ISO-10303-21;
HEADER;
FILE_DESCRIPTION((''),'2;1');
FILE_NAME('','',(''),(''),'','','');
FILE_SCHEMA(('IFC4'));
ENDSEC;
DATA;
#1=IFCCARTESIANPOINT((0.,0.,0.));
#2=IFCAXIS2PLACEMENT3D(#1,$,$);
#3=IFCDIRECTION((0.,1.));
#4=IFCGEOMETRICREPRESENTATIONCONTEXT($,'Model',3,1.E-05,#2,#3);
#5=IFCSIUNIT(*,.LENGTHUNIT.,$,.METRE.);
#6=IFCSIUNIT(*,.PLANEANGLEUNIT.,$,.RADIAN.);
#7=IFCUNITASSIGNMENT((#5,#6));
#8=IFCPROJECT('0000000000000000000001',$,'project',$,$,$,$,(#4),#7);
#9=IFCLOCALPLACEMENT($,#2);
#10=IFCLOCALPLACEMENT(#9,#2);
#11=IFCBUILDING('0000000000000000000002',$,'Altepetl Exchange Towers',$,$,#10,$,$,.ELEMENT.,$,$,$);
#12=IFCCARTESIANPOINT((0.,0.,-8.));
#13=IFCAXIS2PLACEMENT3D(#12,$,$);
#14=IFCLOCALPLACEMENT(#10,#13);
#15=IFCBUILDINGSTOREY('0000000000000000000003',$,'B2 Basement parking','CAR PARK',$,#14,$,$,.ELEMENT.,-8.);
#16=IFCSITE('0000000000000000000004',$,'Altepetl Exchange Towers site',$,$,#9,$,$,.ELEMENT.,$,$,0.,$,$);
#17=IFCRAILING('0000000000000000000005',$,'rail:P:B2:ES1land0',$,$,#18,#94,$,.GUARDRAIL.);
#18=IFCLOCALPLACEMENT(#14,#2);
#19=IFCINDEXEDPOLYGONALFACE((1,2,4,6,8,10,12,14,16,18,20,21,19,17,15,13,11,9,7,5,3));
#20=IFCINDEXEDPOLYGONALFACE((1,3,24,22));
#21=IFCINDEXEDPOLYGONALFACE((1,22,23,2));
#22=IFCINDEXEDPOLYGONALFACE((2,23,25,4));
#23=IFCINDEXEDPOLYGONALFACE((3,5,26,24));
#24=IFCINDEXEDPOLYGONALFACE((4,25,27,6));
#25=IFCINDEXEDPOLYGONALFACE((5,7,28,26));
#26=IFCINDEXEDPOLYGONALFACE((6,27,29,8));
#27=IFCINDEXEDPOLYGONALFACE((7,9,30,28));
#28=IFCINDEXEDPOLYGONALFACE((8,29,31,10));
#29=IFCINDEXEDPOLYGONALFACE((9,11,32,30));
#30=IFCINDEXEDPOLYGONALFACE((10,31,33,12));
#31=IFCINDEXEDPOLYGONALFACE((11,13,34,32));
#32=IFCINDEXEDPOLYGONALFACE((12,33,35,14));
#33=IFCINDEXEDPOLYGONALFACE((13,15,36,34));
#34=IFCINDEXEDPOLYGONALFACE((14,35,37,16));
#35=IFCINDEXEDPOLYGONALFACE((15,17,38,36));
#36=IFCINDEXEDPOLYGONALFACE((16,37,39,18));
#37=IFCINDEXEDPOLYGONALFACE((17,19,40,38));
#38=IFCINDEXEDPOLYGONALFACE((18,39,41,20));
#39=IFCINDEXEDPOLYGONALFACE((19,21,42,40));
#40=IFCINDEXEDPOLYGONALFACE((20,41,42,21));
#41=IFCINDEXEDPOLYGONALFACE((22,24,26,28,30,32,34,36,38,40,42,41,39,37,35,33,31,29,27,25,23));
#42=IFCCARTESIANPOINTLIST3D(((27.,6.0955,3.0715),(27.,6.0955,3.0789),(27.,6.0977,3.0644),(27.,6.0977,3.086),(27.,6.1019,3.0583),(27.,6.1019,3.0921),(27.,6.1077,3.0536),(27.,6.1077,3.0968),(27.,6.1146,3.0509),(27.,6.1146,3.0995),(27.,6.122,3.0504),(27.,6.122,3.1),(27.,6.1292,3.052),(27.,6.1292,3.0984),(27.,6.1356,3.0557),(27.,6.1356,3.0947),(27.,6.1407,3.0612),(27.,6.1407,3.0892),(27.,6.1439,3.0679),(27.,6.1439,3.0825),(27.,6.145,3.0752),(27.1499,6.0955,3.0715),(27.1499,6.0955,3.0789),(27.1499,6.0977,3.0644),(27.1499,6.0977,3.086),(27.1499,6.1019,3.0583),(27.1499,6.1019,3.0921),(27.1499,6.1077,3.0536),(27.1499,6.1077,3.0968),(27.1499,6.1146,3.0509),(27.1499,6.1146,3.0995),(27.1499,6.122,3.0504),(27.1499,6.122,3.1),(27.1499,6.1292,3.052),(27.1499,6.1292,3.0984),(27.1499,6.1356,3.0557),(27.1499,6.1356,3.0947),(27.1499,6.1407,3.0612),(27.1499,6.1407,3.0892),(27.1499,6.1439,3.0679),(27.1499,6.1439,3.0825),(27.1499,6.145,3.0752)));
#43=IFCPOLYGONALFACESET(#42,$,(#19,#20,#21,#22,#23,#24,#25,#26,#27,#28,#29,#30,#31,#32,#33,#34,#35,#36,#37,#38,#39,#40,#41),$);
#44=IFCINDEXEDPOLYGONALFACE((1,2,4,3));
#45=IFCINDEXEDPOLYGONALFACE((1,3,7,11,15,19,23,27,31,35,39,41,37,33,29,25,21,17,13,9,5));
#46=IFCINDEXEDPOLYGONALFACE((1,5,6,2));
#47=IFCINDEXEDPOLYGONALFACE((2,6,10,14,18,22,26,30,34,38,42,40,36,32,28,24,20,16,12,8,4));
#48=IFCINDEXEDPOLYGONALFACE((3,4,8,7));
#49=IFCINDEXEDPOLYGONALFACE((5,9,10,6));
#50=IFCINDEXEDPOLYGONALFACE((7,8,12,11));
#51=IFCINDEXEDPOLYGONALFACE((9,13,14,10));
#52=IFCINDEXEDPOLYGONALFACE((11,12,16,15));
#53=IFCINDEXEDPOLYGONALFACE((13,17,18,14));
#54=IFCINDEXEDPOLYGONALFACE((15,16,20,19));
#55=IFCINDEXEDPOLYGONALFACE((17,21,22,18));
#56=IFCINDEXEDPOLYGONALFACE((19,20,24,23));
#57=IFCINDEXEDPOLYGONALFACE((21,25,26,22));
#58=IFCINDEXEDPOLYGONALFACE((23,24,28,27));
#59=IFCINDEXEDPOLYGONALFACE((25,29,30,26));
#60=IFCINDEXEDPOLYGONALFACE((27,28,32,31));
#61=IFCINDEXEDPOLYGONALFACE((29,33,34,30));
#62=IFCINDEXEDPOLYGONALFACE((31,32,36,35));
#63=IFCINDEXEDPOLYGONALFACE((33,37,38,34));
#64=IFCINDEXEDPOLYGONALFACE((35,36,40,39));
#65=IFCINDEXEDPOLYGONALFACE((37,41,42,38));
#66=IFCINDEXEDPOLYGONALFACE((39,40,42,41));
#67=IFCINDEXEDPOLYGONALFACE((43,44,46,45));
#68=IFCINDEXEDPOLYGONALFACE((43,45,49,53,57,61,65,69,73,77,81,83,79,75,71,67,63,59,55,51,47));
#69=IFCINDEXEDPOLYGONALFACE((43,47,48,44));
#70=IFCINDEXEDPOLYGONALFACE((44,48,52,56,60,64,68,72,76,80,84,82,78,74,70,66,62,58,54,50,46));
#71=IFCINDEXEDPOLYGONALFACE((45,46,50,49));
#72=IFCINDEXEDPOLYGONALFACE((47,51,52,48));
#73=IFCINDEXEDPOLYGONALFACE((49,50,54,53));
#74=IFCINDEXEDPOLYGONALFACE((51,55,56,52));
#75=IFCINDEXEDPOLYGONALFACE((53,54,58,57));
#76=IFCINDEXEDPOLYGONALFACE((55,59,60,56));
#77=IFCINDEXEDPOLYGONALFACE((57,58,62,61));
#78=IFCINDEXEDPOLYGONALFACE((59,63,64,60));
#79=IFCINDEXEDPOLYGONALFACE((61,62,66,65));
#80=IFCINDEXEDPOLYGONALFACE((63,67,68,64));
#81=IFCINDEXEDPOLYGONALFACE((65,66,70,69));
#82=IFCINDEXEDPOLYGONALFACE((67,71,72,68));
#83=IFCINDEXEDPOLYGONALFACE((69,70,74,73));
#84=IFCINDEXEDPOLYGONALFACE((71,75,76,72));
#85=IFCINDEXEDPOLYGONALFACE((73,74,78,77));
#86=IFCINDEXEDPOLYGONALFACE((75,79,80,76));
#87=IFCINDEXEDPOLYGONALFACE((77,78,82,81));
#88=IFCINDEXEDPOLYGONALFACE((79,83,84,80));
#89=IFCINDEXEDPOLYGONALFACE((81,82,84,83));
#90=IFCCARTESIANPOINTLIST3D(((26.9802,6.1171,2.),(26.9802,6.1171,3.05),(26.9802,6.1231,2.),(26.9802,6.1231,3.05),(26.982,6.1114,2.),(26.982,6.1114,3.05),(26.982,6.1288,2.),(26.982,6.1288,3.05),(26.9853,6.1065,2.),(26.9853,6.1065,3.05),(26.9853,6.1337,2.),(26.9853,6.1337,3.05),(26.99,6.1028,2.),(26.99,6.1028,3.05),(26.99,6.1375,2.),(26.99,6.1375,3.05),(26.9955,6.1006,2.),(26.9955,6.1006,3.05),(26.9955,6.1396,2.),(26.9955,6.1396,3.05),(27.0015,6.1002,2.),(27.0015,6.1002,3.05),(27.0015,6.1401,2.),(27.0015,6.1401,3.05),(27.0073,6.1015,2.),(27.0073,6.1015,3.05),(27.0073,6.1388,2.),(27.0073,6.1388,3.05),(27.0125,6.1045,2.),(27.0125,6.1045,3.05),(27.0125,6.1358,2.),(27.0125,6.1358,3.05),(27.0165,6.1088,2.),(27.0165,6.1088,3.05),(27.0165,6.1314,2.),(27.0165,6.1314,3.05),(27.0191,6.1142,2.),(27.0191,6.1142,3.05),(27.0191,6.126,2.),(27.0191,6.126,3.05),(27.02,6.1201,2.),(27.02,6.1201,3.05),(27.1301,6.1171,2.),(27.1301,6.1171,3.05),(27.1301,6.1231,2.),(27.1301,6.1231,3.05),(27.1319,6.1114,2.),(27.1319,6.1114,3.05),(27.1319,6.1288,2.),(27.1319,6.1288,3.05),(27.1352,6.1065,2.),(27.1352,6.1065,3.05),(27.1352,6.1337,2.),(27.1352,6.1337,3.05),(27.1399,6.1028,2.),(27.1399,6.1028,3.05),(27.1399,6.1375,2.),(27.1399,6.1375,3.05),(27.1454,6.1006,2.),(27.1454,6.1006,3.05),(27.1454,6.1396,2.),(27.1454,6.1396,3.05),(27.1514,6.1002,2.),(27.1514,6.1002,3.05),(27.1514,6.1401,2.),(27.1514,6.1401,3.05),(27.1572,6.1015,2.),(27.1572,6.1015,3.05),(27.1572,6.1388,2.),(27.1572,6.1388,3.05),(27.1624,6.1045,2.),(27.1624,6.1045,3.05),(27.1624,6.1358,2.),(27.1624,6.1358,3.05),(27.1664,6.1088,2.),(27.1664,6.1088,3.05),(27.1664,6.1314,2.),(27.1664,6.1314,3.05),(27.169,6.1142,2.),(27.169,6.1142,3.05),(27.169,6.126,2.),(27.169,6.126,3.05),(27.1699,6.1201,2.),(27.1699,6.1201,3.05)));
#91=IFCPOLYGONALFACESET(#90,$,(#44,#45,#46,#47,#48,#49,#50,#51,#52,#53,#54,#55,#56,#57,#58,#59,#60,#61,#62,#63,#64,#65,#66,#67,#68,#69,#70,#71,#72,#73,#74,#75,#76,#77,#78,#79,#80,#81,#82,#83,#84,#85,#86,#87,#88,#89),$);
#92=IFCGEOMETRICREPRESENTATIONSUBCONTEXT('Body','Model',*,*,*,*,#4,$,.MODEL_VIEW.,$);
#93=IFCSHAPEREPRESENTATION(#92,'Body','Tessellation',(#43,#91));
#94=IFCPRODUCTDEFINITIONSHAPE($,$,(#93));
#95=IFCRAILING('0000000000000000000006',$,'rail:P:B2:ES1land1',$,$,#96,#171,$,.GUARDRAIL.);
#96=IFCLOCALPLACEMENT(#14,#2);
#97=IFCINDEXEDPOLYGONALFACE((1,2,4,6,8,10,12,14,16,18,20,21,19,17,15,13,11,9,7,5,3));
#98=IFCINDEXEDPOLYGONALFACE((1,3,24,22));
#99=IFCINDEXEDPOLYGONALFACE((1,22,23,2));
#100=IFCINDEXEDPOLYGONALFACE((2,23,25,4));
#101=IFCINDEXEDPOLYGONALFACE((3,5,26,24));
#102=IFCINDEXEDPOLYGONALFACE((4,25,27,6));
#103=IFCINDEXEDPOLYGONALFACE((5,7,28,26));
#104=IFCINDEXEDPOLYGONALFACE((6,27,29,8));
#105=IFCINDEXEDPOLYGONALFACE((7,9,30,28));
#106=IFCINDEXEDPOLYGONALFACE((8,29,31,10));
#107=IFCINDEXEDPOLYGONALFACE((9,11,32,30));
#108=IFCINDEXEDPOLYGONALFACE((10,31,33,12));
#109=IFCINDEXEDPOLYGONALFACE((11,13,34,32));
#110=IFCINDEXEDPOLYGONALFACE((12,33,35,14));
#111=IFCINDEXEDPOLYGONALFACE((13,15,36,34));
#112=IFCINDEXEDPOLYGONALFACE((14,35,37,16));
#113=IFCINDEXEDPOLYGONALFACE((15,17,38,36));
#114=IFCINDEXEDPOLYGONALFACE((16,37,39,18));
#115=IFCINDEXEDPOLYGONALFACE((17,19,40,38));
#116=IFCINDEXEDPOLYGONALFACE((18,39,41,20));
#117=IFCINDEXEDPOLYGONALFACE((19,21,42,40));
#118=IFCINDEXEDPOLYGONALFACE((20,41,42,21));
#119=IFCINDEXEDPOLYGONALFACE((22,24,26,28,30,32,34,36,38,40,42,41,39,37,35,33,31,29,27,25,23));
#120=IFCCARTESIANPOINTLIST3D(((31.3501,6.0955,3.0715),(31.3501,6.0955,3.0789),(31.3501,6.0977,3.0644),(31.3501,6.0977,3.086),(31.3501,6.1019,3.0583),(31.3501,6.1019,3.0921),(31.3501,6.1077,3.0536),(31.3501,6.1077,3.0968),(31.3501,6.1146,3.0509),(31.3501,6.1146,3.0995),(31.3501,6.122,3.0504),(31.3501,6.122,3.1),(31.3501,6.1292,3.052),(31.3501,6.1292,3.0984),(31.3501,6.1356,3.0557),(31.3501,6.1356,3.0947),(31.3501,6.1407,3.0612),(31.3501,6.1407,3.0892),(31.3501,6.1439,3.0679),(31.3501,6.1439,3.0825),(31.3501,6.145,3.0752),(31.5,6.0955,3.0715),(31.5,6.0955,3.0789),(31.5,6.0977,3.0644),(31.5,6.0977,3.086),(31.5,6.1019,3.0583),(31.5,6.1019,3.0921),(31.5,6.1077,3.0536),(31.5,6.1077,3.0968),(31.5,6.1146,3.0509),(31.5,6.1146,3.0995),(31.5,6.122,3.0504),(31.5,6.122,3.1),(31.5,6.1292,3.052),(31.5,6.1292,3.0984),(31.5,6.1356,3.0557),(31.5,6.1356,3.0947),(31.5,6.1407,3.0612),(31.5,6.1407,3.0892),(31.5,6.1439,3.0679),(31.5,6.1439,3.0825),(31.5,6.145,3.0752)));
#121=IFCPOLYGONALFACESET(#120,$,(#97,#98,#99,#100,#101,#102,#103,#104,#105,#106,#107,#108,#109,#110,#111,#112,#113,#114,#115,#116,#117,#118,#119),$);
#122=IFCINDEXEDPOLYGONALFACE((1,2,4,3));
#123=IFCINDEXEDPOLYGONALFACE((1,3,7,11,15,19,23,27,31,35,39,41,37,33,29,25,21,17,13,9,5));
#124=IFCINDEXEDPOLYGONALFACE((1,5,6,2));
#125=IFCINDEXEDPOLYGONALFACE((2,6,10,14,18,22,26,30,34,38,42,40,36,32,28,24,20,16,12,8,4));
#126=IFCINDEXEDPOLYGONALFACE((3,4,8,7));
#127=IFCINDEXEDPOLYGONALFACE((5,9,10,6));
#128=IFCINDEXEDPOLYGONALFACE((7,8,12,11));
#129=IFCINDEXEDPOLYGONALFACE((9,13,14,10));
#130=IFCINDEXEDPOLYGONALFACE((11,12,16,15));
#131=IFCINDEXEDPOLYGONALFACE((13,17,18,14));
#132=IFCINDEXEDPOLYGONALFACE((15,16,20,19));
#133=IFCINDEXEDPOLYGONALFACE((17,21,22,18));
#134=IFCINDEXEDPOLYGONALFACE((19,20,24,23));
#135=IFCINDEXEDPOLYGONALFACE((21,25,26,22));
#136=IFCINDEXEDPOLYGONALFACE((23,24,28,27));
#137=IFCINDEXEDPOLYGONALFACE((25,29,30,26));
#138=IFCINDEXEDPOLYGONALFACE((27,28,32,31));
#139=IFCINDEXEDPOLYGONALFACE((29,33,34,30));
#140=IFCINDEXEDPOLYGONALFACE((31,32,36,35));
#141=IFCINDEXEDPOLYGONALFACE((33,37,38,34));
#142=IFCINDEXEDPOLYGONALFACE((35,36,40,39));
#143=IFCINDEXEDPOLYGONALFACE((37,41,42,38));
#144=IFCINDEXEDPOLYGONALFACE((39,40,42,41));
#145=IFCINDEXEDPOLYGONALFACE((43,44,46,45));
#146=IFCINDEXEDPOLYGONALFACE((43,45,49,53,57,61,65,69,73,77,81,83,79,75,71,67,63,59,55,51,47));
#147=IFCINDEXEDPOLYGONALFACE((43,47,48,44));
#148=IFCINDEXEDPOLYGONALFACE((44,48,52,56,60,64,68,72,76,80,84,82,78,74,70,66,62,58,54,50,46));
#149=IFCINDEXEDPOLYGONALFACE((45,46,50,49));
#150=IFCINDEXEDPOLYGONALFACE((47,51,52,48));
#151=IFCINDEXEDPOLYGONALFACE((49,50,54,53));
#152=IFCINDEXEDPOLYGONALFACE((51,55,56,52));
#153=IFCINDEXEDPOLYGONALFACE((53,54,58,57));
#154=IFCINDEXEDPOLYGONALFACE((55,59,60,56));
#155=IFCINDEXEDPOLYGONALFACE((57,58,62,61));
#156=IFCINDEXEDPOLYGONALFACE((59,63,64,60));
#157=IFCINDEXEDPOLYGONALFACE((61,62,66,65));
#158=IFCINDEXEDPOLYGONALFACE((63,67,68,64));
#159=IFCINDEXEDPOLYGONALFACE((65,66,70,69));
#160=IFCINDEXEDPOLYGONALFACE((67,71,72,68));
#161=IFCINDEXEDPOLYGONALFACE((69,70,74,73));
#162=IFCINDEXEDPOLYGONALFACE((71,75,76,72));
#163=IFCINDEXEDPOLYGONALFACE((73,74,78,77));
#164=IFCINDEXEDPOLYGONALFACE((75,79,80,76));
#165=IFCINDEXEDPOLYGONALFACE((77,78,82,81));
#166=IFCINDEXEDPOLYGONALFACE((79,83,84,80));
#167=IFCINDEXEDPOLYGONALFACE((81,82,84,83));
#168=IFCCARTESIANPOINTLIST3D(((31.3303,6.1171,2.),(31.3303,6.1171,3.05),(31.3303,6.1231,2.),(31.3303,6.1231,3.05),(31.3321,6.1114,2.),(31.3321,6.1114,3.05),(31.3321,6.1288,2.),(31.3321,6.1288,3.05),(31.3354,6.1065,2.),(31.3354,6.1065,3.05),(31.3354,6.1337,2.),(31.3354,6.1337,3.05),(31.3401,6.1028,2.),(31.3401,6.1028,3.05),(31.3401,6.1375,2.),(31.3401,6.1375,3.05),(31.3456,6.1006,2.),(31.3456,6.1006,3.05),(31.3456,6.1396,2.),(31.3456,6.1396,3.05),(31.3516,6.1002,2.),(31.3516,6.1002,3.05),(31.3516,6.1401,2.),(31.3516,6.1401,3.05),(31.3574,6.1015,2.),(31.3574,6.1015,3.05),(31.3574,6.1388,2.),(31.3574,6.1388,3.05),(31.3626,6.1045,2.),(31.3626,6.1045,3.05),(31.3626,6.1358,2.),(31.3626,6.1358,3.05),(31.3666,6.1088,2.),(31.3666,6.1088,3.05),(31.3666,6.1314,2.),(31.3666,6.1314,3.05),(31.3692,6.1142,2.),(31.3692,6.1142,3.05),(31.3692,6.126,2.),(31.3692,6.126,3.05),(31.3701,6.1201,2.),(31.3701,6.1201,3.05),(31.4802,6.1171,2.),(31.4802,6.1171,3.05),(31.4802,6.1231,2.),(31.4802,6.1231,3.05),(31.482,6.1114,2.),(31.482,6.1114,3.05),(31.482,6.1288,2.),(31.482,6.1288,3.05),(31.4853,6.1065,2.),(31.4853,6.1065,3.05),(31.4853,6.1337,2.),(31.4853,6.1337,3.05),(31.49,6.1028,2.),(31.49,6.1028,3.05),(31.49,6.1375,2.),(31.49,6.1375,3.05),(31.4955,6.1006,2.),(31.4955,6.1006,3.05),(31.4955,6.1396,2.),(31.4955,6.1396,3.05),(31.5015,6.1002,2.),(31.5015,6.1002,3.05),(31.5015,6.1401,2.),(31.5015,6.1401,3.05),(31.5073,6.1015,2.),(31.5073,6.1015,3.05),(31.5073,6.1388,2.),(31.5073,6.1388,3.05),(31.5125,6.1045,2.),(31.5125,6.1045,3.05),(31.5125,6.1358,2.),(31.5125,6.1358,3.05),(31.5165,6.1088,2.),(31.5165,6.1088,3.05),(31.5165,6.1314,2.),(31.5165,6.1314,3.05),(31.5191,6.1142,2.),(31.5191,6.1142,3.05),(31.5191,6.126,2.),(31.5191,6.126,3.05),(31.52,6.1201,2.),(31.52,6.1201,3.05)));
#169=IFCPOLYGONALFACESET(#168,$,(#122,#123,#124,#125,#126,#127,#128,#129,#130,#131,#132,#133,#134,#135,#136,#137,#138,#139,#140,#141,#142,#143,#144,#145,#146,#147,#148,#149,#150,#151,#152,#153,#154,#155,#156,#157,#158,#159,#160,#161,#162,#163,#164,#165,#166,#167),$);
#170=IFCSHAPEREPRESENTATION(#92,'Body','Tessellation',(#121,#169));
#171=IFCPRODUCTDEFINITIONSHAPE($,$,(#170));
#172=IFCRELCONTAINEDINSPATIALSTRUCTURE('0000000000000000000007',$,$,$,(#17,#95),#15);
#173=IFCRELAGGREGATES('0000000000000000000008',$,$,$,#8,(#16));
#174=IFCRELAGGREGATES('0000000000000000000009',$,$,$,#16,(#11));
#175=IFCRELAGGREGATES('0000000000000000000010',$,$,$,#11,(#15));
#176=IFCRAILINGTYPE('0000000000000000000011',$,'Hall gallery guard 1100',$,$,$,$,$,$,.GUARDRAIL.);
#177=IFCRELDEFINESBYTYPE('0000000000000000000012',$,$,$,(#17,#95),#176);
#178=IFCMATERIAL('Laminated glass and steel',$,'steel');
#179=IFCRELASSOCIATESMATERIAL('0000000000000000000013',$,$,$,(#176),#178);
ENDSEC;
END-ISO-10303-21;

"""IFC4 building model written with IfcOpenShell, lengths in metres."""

from ifc_helpers import new_model, si_unit, direction, frame, origin, origin_2d, place, context, subcontext, project, spatial, circle, extrude, source, transform, mapped, material, type_object, element, save


model = new_model("IFC4")

# Units and contexts
model_context = context("Model", 3, precision=1e-05, world=origin(), true_north=direction((0.0, 1.0)))
body_context = subcontext(model_context, "Body", "Model", "MODEL_VIEW")
ifc_project = project(units=[si_unit("LENGTHUNIT", "METRE"), si_unit("PLANEANGLEUNIT", "RADIAN")], contexts=[model_context])

# Site, building, storey
site_placement = place(None, origin())
site = spatial("IfcSite", under=ifc_project, at=site_placement, Name="Altepetl Exchange Towers site", CompositionType="ELEMENT", RefElevation=0.0)
building_placement = place(site_placement, origin())
building = spatial("IfcBuilding", under=site, at=building_placement, Name="Altepetl Exchange Towers", CompositionType="ELEMENT")
storey_placement = place(building_placement, frame((0.0, 0.0, -8.0)))
storey = spatial("IfcBuildingStorey", under=building, at=storey_placement, Name="B2 Basement parking", Description="CAR PARK", CompositionType="ELEMENT", Elevation=-8.0)

# Railings
ifc_material_1 = material(Name="Laminated glass and steel", Category="steel")
railing_type_1 = type_object("IfcRailingType", Name="Hall gallery guard 1100", PredefinedType="GUARDRAIL", material=ifc_material_1)
shared_shape_1 = source(origin(), body_context, "Body", "SweptSolid", [
    extrude(circle(Radius=0.02, at=origin_2d()), origin(), (0.0, 0.0, 1.0), 1.05),
])
for number, where, name in (
    (1, (27.0, 6.1201, 2.0), "rail:P:B2:ES1land0"),
    (2, (31.3501, 6.1201, 2.0), "rail:P:B2:ES1land1"),
):
    element("IfcRailing", number, at=place(storey_placement, frame(where)), inside=storey, type_object=railing_type_1, Name=name, PredefinedType="GUARDRAIL", context=body_context, shape_type="SweptSolid", body=[
        extrude(circle(Radius=0.0249, at=origin_2d()), frame((0.0, 0.0, 1.0752), z_axis=(1.0, 0.0, 0.0), x_axis=(0.0, 1.0, 0.0)), (0.0, 0.0, 1.0), 0.1499),
        mapped(shared_shape_1, transform((0.0, 0.0, 0.0))),
        mapped(shared_shape_1, transform((0.1499, 0.0, 0.0))),
    ])

save(model, "model.ifc")
